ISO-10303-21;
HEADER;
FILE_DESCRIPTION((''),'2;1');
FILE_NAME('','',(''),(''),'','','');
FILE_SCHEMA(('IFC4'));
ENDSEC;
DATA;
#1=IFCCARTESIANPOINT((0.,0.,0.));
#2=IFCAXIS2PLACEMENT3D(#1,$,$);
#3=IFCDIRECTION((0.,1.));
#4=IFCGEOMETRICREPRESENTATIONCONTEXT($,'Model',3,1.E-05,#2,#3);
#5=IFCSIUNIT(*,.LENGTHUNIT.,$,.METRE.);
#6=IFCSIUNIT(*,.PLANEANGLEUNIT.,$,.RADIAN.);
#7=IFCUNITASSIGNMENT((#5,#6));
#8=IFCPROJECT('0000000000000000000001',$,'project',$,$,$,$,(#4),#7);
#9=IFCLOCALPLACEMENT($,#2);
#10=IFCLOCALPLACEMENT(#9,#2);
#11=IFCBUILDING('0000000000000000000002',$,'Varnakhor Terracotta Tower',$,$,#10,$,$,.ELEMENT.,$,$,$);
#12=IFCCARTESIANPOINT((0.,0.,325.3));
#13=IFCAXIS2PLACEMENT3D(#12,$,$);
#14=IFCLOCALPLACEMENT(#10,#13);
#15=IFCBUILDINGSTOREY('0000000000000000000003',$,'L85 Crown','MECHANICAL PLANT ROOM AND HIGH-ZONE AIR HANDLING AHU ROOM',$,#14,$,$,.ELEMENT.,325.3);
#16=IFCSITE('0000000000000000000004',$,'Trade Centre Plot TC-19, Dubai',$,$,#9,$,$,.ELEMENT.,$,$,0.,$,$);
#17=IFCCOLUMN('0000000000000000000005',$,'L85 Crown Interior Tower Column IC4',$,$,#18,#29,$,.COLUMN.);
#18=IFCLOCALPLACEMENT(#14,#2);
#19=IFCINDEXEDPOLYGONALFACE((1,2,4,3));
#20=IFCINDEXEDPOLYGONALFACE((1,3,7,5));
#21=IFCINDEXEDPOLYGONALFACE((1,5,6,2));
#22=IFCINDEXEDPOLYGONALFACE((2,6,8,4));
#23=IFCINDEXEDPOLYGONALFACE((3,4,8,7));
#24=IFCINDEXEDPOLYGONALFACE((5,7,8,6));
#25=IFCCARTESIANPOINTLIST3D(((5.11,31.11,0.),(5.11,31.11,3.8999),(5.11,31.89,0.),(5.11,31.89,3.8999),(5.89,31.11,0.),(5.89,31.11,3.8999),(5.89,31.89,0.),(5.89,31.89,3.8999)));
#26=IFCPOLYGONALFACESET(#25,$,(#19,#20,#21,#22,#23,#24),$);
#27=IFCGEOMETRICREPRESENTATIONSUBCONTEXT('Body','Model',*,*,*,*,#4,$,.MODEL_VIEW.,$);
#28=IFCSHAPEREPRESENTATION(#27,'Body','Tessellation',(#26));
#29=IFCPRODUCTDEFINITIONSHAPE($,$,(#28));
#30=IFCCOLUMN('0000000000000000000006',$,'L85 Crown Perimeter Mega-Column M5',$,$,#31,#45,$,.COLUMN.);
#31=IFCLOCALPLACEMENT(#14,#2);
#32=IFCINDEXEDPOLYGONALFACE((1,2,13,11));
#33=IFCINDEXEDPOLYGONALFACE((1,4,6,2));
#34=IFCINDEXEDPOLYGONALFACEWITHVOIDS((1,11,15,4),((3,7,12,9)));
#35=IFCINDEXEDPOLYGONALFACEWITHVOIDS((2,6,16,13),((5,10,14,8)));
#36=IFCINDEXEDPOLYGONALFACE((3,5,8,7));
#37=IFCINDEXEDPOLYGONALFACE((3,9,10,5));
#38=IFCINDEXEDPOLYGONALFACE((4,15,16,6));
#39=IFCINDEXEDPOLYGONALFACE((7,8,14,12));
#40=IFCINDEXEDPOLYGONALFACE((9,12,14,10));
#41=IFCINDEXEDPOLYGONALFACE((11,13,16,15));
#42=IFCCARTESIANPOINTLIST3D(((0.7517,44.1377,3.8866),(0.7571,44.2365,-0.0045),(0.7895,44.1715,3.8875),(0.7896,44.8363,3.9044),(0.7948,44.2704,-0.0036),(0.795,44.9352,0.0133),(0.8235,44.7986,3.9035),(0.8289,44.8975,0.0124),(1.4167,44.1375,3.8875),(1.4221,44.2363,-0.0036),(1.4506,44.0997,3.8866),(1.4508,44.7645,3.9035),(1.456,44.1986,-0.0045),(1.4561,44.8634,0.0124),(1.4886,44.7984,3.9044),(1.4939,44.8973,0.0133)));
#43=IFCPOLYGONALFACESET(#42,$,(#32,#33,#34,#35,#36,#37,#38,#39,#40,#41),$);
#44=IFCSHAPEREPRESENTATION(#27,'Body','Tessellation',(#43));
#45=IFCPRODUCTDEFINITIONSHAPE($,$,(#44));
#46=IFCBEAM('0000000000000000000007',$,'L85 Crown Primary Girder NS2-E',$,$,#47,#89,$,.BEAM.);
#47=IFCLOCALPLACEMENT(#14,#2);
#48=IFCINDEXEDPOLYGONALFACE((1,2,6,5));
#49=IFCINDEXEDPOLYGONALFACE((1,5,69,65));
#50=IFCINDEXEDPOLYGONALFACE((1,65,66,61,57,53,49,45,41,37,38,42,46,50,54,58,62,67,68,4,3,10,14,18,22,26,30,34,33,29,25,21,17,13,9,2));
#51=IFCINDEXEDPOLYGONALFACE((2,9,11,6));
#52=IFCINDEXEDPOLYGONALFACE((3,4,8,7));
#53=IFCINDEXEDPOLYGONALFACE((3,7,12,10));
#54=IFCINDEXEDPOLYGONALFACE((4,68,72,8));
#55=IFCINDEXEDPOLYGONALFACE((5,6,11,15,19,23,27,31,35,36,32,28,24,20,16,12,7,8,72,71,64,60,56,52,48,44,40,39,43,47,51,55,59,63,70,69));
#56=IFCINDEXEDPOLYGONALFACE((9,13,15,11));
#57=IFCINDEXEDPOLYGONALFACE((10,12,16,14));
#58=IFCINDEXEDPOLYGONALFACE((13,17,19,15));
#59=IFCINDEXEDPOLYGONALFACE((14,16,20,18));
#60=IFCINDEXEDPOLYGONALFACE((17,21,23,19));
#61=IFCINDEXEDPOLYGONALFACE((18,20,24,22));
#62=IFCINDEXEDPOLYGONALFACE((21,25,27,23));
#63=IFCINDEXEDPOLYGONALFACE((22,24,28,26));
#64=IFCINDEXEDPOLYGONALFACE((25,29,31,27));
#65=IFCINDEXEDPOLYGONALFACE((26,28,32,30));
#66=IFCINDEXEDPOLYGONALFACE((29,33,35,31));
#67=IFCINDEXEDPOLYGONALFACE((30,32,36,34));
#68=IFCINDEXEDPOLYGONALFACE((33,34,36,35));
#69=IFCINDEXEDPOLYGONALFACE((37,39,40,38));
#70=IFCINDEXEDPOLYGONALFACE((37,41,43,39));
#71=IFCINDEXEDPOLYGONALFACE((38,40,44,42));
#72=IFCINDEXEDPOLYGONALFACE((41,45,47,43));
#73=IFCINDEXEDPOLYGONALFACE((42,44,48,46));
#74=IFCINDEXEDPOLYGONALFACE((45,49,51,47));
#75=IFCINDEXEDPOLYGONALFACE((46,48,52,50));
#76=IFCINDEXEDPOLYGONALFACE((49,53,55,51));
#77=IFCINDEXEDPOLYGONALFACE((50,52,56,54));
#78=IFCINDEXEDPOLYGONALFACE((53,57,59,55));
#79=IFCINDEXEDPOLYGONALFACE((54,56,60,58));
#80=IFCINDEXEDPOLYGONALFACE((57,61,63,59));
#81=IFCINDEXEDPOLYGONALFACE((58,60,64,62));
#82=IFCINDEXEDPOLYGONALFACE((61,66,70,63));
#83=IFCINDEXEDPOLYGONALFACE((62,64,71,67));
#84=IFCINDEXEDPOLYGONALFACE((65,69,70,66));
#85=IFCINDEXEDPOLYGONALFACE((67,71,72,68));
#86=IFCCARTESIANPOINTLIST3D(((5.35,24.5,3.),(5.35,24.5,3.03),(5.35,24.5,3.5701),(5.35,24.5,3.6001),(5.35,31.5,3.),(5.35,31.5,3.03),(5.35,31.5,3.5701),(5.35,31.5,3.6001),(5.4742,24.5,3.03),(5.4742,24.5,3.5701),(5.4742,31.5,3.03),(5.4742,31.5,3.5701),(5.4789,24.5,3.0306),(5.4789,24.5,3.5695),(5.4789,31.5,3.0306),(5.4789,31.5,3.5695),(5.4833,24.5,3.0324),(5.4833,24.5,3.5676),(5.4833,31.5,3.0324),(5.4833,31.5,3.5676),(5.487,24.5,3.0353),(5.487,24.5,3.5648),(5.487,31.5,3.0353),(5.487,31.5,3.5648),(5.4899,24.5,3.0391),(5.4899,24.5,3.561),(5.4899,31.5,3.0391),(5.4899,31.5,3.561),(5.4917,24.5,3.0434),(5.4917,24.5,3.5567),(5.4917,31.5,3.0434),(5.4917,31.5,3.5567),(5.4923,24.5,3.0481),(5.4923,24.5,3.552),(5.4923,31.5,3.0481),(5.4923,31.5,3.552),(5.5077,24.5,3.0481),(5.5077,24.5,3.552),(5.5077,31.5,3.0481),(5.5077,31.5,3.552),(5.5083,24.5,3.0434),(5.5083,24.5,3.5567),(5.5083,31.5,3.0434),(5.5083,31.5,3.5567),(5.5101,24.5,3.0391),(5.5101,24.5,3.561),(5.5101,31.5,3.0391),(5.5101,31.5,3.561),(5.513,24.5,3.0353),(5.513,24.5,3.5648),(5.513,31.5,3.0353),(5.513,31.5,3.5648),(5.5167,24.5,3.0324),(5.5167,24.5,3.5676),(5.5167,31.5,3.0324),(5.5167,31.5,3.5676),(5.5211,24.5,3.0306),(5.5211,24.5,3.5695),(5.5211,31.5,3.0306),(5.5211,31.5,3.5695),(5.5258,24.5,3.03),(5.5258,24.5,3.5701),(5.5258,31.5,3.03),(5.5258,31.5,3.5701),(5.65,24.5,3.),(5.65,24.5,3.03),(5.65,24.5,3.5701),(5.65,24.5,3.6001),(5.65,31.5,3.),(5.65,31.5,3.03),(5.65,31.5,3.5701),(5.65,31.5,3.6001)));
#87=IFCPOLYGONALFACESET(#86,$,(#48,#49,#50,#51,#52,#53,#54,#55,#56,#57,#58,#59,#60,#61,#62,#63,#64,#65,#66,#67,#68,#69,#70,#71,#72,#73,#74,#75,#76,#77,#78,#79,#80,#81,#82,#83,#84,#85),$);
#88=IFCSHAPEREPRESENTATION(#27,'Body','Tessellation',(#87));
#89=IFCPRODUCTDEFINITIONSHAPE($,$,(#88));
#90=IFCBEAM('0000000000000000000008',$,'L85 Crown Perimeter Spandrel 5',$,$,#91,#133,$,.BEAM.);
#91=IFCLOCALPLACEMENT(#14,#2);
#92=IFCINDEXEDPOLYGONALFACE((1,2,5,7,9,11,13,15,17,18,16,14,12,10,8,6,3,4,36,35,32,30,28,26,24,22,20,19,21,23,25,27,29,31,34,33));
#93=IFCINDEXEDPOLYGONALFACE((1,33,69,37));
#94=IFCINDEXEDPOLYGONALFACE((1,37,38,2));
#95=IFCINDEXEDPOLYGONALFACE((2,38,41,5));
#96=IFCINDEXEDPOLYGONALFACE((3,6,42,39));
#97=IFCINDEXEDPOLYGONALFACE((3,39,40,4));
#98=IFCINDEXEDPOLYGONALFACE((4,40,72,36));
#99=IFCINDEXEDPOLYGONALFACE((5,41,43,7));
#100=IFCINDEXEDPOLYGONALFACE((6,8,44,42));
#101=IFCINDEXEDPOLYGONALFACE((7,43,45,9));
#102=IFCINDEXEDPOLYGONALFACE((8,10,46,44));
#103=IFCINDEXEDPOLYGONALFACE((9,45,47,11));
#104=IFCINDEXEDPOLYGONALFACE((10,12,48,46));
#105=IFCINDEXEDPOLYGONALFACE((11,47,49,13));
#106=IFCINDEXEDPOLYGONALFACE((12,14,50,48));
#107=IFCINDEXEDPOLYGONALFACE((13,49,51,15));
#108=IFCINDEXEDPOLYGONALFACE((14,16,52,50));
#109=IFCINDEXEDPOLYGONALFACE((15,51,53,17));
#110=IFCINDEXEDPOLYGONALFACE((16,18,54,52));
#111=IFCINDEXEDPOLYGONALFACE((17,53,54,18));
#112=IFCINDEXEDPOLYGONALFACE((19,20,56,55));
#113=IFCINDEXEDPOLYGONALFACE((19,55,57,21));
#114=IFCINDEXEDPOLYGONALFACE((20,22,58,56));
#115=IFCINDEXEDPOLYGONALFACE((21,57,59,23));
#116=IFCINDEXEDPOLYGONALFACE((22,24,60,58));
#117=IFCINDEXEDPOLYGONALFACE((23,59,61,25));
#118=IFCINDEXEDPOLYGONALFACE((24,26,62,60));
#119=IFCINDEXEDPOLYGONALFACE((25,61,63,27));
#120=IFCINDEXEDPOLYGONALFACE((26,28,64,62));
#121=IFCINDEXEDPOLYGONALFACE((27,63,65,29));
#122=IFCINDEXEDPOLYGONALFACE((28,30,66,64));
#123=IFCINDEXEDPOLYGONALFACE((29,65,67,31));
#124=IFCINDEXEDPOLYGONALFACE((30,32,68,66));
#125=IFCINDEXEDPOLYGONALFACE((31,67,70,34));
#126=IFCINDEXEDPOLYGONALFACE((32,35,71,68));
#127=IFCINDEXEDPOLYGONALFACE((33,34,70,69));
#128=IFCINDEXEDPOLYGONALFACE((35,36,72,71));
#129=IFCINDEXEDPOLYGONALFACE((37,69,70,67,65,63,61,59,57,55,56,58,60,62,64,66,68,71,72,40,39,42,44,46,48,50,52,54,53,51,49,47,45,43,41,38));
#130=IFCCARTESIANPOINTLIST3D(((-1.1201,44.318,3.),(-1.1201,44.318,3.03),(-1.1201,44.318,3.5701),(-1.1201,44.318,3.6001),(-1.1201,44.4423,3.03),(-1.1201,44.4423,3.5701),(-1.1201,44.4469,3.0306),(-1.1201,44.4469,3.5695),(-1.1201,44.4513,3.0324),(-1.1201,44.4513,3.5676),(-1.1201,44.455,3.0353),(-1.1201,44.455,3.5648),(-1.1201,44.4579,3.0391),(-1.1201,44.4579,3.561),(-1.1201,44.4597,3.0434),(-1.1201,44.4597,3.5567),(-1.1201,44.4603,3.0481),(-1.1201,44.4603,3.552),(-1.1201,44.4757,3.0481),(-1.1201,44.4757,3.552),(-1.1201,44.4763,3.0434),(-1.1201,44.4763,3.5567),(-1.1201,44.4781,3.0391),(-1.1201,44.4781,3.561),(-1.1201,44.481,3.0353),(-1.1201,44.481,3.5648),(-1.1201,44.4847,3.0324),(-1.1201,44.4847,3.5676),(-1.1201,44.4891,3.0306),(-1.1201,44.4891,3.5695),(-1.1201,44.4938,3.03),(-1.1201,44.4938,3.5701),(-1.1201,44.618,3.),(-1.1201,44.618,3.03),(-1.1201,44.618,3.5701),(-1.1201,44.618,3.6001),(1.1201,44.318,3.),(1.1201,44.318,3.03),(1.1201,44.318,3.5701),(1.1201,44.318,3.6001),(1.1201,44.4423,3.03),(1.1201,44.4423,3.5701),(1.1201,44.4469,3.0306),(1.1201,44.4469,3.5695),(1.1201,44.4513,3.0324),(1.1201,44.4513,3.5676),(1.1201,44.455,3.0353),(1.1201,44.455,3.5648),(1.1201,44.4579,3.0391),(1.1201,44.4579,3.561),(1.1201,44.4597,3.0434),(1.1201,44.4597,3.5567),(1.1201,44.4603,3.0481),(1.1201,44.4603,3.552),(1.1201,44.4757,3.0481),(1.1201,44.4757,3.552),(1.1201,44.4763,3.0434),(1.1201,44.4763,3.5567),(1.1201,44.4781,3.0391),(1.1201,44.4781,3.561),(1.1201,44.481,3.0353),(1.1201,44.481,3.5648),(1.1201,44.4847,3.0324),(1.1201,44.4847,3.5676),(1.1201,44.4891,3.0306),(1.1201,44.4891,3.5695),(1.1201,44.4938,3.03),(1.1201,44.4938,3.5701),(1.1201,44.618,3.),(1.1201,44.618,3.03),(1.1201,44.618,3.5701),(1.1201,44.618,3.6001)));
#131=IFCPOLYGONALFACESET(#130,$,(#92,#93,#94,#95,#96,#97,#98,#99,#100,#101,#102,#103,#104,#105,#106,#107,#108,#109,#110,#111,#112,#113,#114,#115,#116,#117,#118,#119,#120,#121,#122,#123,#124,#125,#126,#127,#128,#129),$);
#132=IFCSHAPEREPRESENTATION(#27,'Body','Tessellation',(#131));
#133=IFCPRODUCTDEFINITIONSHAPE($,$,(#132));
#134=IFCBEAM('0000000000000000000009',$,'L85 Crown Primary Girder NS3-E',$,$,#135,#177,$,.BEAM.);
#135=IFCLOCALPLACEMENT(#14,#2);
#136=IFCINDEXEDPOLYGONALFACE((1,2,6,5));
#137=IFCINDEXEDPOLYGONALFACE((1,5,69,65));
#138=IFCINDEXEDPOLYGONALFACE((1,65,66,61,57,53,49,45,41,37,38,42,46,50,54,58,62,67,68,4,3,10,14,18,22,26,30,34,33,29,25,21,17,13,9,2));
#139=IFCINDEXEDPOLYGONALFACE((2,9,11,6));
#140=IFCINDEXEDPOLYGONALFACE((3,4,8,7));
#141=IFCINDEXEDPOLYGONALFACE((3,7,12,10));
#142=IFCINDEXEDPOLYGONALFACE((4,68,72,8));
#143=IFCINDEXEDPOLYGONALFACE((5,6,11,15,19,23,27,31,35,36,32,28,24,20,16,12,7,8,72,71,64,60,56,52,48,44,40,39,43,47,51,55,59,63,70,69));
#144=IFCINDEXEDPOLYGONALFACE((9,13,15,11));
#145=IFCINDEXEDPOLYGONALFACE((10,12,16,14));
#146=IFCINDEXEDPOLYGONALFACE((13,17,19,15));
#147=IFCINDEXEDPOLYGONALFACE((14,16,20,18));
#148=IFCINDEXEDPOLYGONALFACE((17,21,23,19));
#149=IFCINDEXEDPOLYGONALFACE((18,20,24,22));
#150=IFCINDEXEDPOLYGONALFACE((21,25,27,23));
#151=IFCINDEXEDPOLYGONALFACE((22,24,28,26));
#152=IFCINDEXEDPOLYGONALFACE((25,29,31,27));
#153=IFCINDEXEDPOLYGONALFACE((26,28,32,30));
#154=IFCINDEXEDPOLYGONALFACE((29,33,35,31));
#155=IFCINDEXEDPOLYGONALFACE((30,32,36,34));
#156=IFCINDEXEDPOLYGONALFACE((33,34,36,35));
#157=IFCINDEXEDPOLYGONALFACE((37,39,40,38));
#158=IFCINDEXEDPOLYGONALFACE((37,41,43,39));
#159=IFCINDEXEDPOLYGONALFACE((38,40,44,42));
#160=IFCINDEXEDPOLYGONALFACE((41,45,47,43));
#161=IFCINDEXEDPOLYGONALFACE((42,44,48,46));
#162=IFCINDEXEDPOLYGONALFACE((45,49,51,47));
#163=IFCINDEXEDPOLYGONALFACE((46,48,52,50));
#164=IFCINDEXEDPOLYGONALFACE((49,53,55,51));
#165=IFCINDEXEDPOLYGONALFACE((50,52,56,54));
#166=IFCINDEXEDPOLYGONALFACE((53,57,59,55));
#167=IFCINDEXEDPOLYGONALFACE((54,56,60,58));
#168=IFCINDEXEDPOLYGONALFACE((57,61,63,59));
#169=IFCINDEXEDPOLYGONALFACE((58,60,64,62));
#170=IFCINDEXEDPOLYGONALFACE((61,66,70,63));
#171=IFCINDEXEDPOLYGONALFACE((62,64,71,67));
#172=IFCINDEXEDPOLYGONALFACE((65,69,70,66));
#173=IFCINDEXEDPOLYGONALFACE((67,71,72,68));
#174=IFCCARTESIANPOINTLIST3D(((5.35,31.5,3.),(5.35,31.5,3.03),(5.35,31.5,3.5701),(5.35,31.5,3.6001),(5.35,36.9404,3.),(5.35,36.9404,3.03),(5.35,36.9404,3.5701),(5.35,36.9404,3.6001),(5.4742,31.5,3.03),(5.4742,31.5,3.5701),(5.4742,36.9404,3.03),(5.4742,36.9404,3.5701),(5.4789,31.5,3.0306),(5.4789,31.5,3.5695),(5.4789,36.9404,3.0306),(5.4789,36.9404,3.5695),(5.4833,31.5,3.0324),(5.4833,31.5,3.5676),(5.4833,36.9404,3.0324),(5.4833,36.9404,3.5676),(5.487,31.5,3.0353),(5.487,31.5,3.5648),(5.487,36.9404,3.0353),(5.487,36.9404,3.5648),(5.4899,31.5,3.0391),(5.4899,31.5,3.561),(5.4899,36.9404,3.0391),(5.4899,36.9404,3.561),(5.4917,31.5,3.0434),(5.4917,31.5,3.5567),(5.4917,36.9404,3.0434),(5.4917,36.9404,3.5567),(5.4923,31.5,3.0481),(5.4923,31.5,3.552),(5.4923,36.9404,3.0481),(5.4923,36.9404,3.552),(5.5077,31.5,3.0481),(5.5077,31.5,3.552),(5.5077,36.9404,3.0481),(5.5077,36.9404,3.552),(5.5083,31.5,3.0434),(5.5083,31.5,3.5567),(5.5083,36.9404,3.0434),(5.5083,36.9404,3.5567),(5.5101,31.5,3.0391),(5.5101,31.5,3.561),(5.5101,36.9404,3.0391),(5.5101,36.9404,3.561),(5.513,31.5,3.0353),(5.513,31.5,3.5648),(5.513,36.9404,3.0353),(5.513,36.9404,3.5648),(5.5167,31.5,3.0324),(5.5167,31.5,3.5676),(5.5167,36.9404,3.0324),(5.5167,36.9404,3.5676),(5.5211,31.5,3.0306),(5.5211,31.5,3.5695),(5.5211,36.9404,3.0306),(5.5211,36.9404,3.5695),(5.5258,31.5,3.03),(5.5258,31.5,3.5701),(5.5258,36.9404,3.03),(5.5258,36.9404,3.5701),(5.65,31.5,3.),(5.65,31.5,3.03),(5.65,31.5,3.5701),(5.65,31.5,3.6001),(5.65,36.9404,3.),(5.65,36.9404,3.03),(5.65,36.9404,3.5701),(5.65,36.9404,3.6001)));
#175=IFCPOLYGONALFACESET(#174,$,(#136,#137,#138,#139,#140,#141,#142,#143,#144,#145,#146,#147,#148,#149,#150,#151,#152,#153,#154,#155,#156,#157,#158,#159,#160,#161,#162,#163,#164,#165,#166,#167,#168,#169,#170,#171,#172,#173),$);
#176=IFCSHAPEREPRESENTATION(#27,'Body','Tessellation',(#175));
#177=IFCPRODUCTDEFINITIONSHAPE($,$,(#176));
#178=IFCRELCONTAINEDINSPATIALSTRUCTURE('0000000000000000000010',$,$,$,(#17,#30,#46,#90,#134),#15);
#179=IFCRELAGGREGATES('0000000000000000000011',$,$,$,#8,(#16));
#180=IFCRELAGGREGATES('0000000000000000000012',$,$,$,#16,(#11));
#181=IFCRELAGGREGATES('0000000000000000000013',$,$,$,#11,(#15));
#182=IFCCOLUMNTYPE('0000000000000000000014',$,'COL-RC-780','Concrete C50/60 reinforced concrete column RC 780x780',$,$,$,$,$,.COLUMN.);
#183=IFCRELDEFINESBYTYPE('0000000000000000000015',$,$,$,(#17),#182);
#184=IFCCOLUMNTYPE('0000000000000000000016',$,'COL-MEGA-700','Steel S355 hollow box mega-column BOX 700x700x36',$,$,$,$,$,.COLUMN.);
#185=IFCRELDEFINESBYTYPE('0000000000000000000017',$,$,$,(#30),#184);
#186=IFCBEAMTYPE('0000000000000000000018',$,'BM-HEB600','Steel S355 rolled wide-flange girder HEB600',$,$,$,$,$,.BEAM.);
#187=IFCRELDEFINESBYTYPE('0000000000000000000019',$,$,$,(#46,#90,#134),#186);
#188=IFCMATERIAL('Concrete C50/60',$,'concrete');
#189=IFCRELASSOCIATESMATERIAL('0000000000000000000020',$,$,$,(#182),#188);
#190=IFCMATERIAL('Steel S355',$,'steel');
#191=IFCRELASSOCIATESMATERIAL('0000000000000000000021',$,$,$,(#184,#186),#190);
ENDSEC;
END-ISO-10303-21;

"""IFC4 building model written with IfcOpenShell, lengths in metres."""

from ifc_helpers import new_model, si_unit, direction, frame, origin, origin_2d, place, context, subcontext, project, spatial, rectangle, hollow_rectangle, i_section, extrude, source, transform, mapped, material, material_profile, profile_set, type_object, element, save


model = new_model("IFC4")

# Units and contexts
model_context = context("Model", 3, precision=1e-05, world=origin(), true_north=direction((0.0, 1.0)))
body_context = subcontext(model_context, "Body", "Model", "MODEL_VIEW")
ifc_project = project(units=[si_unit("LENGTHUNIT", "METRE"), si_unit("PLANEANGLEUNIT", "RADIAN")], contexts=[model_context])

# Site, building, storey
site_placement = place(None, origin())
site = spatial("IfcSite", under=ifc_project, at=site_placement, Name="Trade Centre Plot TC-19, Dubai", CompositionType="ELEMENT", RefElevation=0.0)
building_placement = place(site_placement, origin())
building = spatial("IfcBuilding", under=site, at=building_placement, Name="Varnakhor Terracotta Tower", CompositionType="ELEMENT")
storey_placement = place(building_placement, frame((0.0, 0.0, 325.3)))
storey = spatial("IfcBuildingStorey", under=building, at=storey_placement, Name="L85 Crown", Description="MECHANICAL PLANT ROOM AND HIGH-ZONE AIR HANDLING AHU ROOM", CompositionType="ELEMENT", Elevation=325.3)

# Columns
ifc_material_1 = material(Name="Concrete C50/60", Category="concrete")
ifc_material_profile_1 = material_profile(ifc_material_1, rectangle(XDim=0.78, YDim=0.78, at=origin_2d()), Name="RC 780x780")
ifc_profile_set_1 = profile_set([ifc_material_profile_1], Name="Concrete C50/60")
column_type_1 = type_object("IfcColumnType", Name="COL-RC-780", Description="Concrete C50/60 reinforced concrete column RC 780x780", PredefinedType="COLUMN", material=ifc_profile_set_1)
shared_shape_1 = source(origin(), body_context, "Body", "SweptSolid", [
    extrude(rectangle(XDim=0.78, YDim=0.78, at=origin_2d()), origin(), (0.0, 0.0, 1.0), 3.8999),
])
column_1_placement = place(storey_placement, frame((5.5, 31.5, 0.0), z_axis=(0.0, 0.0, 1.0), x_axis=(1.0, 0.0, 0.0)))
element("IfcColumn", 1, at=column_1_placement, inside=storey, type_object=column_type_1, Name="L85 Crown Interior Tower Column IC4", PredefinedType="COLUMN", context=body_context, shape_type="MappedRepresentation", body=[
    mapped(shared_shape_1, transform((0.0, 0.0, 0.0), scale=1.0)),
])
ifc_material_2 = material(Name="Steel S355", Category="steel")
ifc_material_profile_2 = material_profile(ifc_material_2, hollow_rectangle(XDim=0.7, YDim=0.7, WallThickness=0.0359, at=origin_2d()), Name="BOX 700x700x36")
ifc_profile_set_2 = profile_set([ifc_material_profile_2], Name="Steel S355")
column_type_2 = type_object("IfcColumnType", Name="COL-MEGA-700", Description="Steel S355 hollow box mega-column BOX 700x700x36", PredefinedType="COLUMN", material=ifc_profile_set_2)
shared_shape_2 = source(origin(), body_context, "Body", "SweptSolid", [
    extrude(hollow_rectangle(XDim=0.7, YDim=0.7, WallThickness=0.0359, at=origin_2d()), origin(), (0.0, 0.0, 1.0), 3.8923),
])
column_2_placement = place(storey_placement, frame((1.1255, 44.5669, 0.0044), z_axis=(-0.00138, -0.025403, 0.999676), x_axis=(0.998528, -0.054241, 0.0)))
element("IfcColumn", 2, at=column_2_placement, inside=storey, type_object=column_type_2, Name="L85 Crown Perimeter Mega-Column M5", PredefinedType="COLUMN", context=body_context, shape_type="MappedRepresentation", body=[
    mapped(shared_shape_2, transform((0.0, 0.0, 0.0), scale=1.0)),
])

# Beams
ifc_material_profile_3 = material_profile(ifc_material_2, i_section(OverallWidth=0.3, OverallDepth=0.6001, WebThickness=0.0154, FlangeThickness=0.03, FilletRadius=0.0181, at=origin_2d()), Name="HEB600")
ifc_profile_set_3 = profile_set([ifc_material_profile_3], Name="Steel S355")
beam_type = type_object("IfcBeamType", Name="BM-HEB600", Description="Steel S355 rolled wide-flange girder HEB600", PredefinedType="BEAM", material=ifc_profile_set_3)
shared_shape_3 = source(origin(), body_context, "Body", "SweptSolid", [
    extrude(i_section(OverallWidth=0.3, OverallDepth=0.6001, WebThickness=0.0154, FlangeThickness=0.03, FilletRadius=0.0181, at=origin_2d()), origin(), (0.0, 0.0, 1.0), 7.0),
])
beam_1_placement = place(storey_placement, frame((5.5, 24.5, 3.3), z_axis=(0.0, 1.0, 0.0), x_axis=(-1.0, 0.0, 0.0)))
element("IfcBeam", 3, at=beam_1_placement, inside=storey, type_object=beam_type, Name="L85 Crown Primary Girder NS2-E", PredefinedType="BEAM", context=body_context, shape_type="MappedRepresentation", body=[
    mapped(shared_shape_3, transform((0.0, 0.0, 0.0), scale=1.0)),
])
shared_shape_4 = source(origin(), body_context, "Body", "SweptSolid", [
    extrude(i_section(OverallWidth=0.3, OverallDepth=0.6001, WebThickness=0.0154, FlangeThickness=0.03, FilletRadius=0.0181, at=origin_2d()), origin(), (0.0, 0.0, 1.0), 2.2402),
])
beam_2_placement = place(storey_placement, frame((1.1201, 44.468, 3.3), z_axis=(-1.0, 0.0, 0.0), x_axis=(0.0, -1.0, 0.0)))
element("IfcBeam", 4, at=beam_2_placement, inside=storey, type_object=beam_type, Name="L85 Crown Perimeter Spandrel 5", PredefinedType="BEAM", context=body_context, shape_type="MappedRepresentation", body=[
    mapped(shared_shape_4, transform((0.0, 0.0, 0.0), scale=1.0)),
])
shared_shape_5 = source(origin(), body_context, "Body", "SweptSolid", [
    extrude(i_section(OverallWidth=0.3, OverallDepth=0.6001, WebThickness=0.0154, FlangeThickness=0.03, FilletRadius=0.0181, at=origin_2d()), origin(), (0.0, 0.0, 1.0), 5.4404),
])
beam_3_placement = place(storey_placement, frame((5.5, 31.5, 3.3), z_axis=(0.0, 1.0, 0.0), x_axis=(-1.0, 0.0, 0.0)))
element("IfcBeam", 5, at=beam_3_placement, inside=storey, type_object=beam_type, Name="L85 Crown Primary Girder NS3-E", PredefinedType="BEAM", context=body_context, shape_type="MappedRepresentation", body=[
    mapped(shared_shape_5, transform((0.0, 0.0, 0.0), scale=1.0)),
])

save(model, "model.ifc")
